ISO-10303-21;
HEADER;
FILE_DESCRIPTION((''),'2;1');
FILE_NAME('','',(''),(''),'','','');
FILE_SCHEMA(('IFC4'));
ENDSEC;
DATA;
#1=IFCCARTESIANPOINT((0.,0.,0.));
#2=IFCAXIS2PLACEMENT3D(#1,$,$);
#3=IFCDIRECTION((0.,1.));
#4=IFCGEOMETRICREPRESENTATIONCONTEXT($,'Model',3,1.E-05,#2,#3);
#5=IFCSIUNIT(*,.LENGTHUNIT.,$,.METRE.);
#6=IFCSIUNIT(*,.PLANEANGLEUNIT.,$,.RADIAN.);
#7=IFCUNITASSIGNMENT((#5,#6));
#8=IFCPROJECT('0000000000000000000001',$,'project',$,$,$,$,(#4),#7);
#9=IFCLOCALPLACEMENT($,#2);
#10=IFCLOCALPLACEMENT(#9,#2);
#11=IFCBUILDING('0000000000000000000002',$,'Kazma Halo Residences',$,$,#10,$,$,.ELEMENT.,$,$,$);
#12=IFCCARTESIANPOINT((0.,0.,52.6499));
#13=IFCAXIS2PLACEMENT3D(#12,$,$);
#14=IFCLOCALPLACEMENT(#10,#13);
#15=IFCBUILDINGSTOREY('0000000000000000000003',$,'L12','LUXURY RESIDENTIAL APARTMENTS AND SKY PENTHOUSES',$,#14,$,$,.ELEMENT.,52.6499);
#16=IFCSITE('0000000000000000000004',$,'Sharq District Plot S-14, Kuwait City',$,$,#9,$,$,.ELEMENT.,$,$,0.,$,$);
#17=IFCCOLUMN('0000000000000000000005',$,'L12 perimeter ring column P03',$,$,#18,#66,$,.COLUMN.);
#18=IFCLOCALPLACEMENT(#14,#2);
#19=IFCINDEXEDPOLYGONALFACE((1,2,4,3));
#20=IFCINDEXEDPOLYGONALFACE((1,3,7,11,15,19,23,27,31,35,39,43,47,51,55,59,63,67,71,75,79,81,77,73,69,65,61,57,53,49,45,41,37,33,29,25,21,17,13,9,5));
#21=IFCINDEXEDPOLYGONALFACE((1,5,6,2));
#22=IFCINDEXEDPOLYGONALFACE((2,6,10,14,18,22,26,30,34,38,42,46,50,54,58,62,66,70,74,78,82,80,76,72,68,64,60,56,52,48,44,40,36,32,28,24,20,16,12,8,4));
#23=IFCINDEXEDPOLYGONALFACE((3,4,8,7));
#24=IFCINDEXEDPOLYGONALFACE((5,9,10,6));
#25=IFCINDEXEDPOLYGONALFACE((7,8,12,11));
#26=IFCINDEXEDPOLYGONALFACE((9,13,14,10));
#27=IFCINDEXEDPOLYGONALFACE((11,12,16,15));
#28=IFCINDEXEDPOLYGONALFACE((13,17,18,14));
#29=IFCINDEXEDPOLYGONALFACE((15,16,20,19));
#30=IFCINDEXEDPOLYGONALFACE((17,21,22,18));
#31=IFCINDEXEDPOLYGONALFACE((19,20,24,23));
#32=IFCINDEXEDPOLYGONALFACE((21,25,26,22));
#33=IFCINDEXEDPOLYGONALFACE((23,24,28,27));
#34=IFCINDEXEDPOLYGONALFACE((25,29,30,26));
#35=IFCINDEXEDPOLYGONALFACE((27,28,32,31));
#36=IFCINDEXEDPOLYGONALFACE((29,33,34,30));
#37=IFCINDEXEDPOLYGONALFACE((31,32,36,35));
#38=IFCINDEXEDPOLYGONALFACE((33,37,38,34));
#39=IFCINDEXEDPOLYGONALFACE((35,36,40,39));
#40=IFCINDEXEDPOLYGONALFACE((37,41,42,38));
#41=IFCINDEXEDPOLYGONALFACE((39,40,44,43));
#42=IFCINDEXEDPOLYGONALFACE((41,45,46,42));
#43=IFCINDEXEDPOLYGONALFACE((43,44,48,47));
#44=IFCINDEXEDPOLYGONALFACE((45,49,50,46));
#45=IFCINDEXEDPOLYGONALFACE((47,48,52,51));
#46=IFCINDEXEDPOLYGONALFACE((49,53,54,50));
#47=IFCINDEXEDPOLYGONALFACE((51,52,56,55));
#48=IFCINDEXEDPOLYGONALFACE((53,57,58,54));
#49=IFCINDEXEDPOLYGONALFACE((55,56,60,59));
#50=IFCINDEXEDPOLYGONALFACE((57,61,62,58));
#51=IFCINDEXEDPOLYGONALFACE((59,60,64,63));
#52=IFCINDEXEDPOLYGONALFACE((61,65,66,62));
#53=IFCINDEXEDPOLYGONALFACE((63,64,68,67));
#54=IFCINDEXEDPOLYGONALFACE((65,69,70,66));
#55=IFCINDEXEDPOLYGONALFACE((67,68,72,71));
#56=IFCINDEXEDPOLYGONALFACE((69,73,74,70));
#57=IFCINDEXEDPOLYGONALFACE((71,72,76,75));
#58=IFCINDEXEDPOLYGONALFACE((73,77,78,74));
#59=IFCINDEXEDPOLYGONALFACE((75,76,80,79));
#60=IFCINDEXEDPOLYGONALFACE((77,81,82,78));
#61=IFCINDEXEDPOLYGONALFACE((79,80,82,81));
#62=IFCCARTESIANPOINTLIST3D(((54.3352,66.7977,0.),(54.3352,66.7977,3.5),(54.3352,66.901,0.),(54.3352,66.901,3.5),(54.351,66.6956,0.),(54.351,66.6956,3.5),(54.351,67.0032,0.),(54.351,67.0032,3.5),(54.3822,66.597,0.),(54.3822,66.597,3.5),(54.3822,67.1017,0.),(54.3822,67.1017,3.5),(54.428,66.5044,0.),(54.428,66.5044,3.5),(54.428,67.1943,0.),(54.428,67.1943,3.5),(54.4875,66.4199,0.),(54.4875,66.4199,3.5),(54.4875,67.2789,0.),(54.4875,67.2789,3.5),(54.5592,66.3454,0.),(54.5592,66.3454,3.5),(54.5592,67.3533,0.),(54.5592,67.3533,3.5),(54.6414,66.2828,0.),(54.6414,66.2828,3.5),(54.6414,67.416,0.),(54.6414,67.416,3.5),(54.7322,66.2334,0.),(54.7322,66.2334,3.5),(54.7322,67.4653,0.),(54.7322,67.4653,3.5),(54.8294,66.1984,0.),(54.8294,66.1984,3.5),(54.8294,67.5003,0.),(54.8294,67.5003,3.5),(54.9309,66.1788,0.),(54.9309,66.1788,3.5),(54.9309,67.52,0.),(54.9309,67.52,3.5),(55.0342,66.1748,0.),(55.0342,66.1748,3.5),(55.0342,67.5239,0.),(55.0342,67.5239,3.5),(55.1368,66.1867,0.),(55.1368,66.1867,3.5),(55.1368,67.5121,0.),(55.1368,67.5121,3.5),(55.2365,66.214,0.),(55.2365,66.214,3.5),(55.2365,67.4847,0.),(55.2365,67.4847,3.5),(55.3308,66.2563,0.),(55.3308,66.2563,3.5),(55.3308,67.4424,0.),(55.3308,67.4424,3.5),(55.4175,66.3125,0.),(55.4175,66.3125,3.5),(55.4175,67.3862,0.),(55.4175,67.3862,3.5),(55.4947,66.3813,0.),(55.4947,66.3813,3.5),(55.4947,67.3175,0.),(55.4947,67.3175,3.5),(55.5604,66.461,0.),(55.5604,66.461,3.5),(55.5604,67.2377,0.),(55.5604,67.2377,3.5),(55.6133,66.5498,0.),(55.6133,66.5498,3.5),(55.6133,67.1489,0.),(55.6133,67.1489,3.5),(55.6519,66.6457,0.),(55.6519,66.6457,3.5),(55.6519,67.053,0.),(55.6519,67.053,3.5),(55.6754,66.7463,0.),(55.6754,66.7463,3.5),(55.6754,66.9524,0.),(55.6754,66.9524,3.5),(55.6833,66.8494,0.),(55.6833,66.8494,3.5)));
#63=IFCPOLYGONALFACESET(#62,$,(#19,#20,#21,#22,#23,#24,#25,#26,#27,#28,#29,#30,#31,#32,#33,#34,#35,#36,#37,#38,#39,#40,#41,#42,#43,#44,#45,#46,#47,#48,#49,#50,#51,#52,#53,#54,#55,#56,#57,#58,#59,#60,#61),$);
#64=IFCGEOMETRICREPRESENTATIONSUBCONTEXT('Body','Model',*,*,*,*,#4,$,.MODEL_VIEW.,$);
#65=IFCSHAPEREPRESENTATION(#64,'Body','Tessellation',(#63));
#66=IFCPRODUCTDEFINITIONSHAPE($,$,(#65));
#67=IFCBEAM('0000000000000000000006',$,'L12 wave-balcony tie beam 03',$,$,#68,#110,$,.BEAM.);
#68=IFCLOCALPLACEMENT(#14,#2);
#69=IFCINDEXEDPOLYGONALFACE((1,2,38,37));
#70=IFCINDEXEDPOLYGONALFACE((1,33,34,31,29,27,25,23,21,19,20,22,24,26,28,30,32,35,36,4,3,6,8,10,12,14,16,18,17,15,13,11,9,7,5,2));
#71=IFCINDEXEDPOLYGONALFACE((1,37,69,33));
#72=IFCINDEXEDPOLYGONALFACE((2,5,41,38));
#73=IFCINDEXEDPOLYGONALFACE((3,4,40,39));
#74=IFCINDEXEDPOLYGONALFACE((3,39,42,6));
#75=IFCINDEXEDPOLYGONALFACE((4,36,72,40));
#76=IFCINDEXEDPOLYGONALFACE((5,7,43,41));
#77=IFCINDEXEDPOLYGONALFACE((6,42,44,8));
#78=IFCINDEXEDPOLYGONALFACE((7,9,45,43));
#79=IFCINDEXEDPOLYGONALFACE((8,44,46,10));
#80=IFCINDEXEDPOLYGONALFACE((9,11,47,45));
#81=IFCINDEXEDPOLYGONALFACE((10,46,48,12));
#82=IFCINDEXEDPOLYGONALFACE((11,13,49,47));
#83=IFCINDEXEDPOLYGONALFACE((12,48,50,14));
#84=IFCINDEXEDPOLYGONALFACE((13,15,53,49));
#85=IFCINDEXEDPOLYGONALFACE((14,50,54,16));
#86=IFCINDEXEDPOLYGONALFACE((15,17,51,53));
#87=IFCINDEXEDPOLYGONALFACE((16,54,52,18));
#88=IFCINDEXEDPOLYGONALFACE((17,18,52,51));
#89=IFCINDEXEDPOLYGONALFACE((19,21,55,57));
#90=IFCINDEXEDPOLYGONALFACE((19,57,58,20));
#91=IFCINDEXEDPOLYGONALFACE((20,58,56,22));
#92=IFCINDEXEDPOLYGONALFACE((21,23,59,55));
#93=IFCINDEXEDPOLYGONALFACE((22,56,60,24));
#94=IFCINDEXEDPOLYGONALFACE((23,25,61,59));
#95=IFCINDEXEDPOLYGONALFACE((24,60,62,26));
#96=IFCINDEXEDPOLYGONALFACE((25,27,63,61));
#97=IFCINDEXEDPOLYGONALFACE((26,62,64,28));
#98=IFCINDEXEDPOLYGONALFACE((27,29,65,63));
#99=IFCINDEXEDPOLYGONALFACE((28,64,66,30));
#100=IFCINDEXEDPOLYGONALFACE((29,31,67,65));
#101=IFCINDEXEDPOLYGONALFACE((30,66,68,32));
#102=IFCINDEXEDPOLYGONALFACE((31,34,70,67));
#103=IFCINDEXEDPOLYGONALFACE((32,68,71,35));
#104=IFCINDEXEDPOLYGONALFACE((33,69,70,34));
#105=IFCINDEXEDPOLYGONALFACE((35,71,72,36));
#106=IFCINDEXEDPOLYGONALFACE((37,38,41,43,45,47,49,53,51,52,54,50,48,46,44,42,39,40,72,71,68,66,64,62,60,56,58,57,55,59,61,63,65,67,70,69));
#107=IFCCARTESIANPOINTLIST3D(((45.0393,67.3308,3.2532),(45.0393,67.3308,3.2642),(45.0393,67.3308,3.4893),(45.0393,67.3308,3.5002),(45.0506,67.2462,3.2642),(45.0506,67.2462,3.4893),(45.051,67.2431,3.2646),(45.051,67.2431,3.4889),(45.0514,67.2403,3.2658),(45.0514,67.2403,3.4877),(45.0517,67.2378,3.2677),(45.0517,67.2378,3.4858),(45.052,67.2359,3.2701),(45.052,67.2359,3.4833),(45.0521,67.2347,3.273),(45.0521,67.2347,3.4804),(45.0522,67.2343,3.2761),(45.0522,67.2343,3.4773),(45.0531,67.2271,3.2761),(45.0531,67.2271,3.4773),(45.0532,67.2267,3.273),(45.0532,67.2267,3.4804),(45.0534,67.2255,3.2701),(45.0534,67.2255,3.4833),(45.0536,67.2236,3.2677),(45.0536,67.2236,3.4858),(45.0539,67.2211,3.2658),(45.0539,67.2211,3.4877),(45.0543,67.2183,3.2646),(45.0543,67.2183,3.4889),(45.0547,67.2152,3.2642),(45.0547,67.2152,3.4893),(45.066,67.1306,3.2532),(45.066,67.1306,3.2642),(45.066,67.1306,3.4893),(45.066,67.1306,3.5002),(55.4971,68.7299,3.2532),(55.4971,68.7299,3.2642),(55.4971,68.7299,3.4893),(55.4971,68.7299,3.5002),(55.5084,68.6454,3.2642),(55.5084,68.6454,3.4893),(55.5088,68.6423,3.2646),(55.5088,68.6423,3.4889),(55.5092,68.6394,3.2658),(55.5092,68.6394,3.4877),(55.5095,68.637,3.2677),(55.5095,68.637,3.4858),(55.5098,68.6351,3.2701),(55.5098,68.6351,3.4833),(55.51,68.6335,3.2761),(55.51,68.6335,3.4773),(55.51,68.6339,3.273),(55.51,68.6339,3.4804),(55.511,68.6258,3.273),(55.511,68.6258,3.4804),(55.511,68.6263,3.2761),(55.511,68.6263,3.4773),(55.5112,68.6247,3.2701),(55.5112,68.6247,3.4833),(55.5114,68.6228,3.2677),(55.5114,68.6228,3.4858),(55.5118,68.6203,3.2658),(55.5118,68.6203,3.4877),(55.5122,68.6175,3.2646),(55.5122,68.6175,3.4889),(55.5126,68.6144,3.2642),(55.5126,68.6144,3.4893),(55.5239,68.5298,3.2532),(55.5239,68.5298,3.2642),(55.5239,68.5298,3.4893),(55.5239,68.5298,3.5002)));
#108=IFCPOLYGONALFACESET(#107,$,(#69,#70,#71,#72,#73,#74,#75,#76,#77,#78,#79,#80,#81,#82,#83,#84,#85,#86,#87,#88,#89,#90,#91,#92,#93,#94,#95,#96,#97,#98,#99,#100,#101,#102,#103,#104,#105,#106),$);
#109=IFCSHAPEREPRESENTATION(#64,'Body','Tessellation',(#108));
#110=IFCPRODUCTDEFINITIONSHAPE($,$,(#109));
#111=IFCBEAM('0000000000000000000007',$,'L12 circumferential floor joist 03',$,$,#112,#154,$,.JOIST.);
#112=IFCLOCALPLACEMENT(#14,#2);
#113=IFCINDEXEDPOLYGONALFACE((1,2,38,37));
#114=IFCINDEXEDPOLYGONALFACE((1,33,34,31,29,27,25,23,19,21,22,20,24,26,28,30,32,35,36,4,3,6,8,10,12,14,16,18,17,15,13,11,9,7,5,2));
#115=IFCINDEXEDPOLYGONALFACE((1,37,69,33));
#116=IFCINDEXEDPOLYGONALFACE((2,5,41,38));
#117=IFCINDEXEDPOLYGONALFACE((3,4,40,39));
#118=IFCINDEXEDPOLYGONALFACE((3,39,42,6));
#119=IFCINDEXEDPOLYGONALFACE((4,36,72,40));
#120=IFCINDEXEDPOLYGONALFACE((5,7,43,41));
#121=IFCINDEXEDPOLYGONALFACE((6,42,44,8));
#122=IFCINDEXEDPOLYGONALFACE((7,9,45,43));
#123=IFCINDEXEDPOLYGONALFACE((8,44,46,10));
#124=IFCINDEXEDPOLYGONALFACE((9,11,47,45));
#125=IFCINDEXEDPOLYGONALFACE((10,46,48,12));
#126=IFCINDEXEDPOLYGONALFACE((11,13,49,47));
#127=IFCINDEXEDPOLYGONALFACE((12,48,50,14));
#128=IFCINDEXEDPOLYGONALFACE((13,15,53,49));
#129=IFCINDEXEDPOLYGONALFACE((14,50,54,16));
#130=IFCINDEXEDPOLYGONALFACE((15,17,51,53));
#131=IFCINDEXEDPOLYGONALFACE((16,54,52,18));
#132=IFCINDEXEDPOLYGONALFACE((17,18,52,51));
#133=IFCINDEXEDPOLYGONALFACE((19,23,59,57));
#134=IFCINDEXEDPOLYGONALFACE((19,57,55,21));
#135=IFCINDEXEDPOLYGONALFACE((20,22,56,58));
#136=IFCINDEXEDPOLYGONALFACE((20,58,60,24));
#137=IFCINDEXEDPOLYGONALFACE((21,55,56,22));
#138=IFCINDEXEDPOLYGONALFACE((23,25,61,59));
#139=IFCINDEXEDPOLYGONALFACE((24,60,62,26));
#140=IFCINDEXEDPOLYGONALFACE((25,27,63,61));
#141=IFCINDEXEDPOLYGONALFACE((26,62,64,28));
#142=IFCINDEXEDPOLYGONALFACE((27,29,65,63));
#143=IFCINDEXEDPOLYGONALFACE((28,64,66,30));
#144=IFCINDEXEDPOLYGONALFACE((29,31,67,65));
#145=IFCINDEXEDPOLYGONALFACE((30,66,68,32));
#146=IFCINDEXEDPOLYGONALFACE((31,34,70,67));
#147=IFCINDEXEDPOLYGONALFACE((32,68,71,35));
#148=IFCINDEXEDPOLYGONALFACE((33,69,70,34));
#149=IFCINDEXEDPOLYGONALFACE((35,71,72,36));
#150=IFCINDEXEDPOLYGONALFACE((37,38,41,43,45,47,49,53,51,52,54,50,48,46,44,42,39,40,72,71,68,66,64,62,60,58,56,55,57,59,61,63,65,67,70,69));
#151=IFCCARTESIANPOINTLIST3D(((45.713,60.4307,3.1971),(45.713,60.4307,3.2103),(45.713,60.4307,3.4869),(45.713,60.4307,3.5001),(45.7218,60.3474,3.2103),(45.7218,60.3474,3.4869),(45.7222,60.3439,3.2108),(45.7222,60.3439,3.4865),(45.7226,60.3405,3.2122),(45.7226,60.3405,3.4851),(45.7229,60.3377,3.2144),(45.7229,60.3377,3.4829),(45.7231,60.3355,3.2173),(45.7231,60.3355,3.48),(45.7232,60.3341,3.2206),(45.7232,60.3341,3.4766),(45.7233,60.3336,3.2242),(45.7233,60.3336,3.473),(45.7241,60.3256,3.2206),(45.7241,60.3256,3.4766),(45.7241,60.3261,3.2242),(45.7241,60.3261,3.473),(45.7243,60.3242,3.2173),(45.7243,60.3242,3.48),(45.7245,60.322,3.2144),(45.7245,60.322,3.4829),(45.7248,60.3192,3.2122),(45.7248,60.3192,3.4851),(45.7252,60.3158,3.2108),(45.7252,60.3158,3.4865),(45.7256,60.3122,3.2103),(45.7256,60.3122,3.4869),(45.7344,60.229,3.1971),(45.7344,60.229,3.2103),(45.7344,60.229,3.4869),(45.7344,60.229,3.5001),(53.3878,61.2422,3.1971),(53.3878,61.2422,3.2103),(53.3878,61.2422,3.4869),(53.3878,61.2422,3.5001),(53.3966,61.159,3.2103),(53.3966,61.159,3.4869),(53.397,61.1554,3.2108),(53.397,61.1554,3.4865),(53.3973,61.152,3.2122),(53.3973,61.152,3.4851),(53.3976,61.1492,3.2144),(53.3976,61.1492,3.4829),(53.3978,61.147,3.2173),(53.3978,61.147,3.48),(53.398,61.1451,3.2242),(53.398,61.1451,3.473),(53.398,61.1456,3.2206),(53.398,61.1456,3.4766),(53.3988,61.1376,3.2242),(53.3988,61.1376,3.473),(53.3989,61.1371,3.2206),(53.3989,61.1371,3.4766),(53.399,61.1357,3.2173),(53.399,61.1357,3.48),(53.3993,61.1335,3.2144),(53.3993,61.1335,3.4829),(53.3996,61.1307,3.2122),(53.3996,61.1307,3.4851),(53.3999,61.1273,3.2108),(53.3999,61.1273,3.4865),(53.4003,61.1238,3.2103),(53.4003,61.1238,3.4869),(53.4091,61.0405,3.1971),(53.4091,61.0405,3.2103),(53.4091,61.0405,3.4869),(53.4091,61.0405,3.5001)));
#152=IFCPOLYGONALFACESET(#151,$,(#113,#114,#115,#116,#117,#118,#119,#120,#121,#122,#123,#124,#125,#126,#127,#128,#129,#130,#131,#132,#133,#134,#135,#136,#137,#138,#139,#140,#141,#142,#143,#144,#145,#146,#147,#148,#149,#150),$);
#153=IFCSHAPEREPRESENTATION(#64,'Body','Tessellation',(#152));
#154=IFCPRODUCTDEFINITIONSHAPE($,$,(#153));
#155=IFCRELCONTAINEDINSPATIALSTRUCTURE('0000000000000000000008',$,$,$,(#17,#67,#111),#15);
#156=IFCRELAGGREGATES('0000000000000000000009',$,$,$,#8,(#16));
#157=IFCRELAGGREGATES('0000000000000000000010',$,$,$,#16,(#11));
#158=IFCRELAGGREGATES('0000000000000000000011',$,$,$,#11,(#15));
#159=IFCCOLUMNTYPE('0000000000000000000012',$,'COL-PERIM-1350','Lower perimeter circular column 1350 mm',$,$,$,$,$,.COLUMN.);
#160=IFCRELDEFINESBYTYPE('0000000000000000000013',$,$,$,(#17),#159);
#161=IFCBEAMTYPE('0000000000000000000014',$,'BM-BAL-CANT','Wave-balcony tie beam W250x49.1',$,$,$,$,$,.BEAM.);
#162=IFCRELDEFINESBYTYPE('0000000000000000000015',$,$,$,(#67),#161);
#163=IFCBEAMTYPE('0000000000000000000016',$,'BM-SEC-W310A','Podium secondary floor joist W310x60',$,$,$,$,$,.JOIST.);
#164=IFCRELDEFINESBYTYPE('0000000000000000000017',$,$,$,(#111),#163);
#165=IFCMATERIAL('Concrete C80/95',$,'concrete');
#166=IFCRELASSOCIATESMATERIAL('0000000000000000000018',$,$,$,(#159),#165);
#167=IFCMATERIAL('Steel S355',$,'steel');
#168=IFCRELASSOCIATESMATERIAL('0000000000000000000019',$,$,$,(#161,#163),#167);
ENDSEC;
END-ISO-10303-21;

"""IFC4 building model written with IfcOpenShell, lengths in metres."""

from ifc_helpers import new_model, si_unit, direction, frame, origin, origin_2d, place, context, subcontext, project, spatial, circle, i_section, extrude, material, material_profile, profile_set, type_object, element, save


model = new_model("IFC4")

# Units and contexts
model_context = context("Model", 3, precision=1e-05, world=origin(), true_north=direction((0.0, 1.0)))
body_context = subcontext(model_context, "Body", "Model", "MODEL_VIEW")
ifc_project = project(units=[si_unit("LENGTHUNIT", "METRE"), si_unit("PLANEANGLEUNIT", "RADIAN")], contexts=[model_context])

# Site, building, storey
site_placement = place(None, origin())
site = spatial("IfcSite", under=ifc_project, at=site_placement, Name="Sharq District Plot S-14, Kuwait City", CompositionType="ELEMENT", RefElevation=0.0)
building_placement = place(site_placement, origin())
building = spatial("IfcBuilding", under=site, at=building_placement, Name="Kazma Halo Residences", CompositionType="ELEMENT")
storey_placement = place(building_placement, frame((0.0, 0.0, 52.6499)))
storey = spatial("IfcBuildingStorey", under=building, at=storey_placement, Name="L12", Description="LUXURY RESIDENTIAL APARTMENTS AND SKY PENTHOUSES", CompositionType="ELEMENT", Elevation=52.6499)

# Column
ifc_material_1 = material(Name="Concrete C80/95", Category="concrete")
ifc_material_profile_1 = material_profile(ifc_material_1, circle(Radius=0.675, at=origin_2d()), Name="CIRC1350")
ifc_profile_set_1 = profile_set([ifc_material_profile_1], Name="Concrete C80/95")
column_type = type_object("IfcColumnType", Name="COL-PERIM-1350", Description="Lower perimeter circular column 1350 mm", PredefinedType="COLUMN", material=ifc_profile_set_1)
column_placement = place(storey_placement, frame((55.0083, 66.8494, 0.0), z_axis=(0.0, 0.0, 1.0), x_axis=(1.0, 0.0, 0.0)))
element("IfcColumn", 1, at=column_placement, inside=storey, type_object=column_type, Name="L12 perimeter ring column P03", PredefinedType="COLUMN", context=body_context, shape_type="SweptSolid", body=[
    extrude(circle(Radius=0.675, at=origin_2d()), origin(), (0.0, 0.0, 1.0), 3.5),
])

# Beams
ifc_material_2 = material(Name="Steel S355", Category="steel")
ifc_material_profile_2 = material_profile(ifc_material_2, i_section(OverallWidth=0.2019, OverallDepth=0.2471, WebThickness=0.0073, FlangeThickness=0.011, FilletRadius=0.012, at=origin_2d()), Name="W250x49.1")
ifc_profile_set_2 = profile_set([ifc_material_profile_2], Name="Steel S355")
beam_type_1 = type_object("IfcBeamType", Name="BM-BAL-CANT", Description="Wave-balcony tie beam W250x49.1", PredefinedType="BEAM", material=ifc_profile_set_2)
beam_1_placement = place(storey_placement, frame((55.5105, 68.6299, 3.3767), z_axis=(-0.991168, -0.132611, 0.0), x_axis=(0.132611, -0.991168, 0.0)))
element("IfcBeam", 2, at=beam_1_placement, inside=storey, type_object=beam_type_1, Name="L12 wave-balcony tie beam 03", PredefinedType="BEAM", context=body_context, shape_type="SweptSolid", body=[
    extrude(i_section(OverallWidth=0.2019, OverallDepth=0.2471, WebThickness=0.0073, FlangeThickness=0.011, FilletRadius=0.012, at=origin_2d()), origin(), (0.0, 0.0, 1.0), 10.551),
])
ifc_material_profile_3 = material_profile(ifc_material_2, i_section(OverallWidth=0.2029, OverallDepth=0.303, WebThickness=0.0076, FlangeThickness=0.0132, FilletRadius=0.0139, at=origin_2d()), Name="W310x60")
ifc_profile_set_3 = profile_set([ifc_material_profile_3], Name="Steel S355")
beam_type_2 = type_object("IfcBeamType", Name="BM-SEC-W310A", Description="Podium secondary floor joist W310x60", PredefinedType="JOIST", material=ifc_profile_set_3)
beam_2_placement = place(storey_placement, frame((53.3984, 61.1414, 3.3486), z_axis=(-0.994456, -0.105152, 0.0), x_axis=(0.105152, -0.994456, 0.0)))
element("IfcBeam", 3, at=beam_2_placement, inside=storey, type_object=beam_type_2, Name="L12 circumferential floor joist 03", PredefinedType="JOIST", context=body_context, shape_type="SweptSolid", body=[
    extrude(i_section(OverallWidth=0.2029, OverallDepth=0.303, WebThickness=0.0076, FlangeThickness=0.0132, FilletRadius=0.0139, at=origin_2d()), origin(), (0.0, 0.0, 1.0), 7.7175),
])

save(model, "model.ifc")
